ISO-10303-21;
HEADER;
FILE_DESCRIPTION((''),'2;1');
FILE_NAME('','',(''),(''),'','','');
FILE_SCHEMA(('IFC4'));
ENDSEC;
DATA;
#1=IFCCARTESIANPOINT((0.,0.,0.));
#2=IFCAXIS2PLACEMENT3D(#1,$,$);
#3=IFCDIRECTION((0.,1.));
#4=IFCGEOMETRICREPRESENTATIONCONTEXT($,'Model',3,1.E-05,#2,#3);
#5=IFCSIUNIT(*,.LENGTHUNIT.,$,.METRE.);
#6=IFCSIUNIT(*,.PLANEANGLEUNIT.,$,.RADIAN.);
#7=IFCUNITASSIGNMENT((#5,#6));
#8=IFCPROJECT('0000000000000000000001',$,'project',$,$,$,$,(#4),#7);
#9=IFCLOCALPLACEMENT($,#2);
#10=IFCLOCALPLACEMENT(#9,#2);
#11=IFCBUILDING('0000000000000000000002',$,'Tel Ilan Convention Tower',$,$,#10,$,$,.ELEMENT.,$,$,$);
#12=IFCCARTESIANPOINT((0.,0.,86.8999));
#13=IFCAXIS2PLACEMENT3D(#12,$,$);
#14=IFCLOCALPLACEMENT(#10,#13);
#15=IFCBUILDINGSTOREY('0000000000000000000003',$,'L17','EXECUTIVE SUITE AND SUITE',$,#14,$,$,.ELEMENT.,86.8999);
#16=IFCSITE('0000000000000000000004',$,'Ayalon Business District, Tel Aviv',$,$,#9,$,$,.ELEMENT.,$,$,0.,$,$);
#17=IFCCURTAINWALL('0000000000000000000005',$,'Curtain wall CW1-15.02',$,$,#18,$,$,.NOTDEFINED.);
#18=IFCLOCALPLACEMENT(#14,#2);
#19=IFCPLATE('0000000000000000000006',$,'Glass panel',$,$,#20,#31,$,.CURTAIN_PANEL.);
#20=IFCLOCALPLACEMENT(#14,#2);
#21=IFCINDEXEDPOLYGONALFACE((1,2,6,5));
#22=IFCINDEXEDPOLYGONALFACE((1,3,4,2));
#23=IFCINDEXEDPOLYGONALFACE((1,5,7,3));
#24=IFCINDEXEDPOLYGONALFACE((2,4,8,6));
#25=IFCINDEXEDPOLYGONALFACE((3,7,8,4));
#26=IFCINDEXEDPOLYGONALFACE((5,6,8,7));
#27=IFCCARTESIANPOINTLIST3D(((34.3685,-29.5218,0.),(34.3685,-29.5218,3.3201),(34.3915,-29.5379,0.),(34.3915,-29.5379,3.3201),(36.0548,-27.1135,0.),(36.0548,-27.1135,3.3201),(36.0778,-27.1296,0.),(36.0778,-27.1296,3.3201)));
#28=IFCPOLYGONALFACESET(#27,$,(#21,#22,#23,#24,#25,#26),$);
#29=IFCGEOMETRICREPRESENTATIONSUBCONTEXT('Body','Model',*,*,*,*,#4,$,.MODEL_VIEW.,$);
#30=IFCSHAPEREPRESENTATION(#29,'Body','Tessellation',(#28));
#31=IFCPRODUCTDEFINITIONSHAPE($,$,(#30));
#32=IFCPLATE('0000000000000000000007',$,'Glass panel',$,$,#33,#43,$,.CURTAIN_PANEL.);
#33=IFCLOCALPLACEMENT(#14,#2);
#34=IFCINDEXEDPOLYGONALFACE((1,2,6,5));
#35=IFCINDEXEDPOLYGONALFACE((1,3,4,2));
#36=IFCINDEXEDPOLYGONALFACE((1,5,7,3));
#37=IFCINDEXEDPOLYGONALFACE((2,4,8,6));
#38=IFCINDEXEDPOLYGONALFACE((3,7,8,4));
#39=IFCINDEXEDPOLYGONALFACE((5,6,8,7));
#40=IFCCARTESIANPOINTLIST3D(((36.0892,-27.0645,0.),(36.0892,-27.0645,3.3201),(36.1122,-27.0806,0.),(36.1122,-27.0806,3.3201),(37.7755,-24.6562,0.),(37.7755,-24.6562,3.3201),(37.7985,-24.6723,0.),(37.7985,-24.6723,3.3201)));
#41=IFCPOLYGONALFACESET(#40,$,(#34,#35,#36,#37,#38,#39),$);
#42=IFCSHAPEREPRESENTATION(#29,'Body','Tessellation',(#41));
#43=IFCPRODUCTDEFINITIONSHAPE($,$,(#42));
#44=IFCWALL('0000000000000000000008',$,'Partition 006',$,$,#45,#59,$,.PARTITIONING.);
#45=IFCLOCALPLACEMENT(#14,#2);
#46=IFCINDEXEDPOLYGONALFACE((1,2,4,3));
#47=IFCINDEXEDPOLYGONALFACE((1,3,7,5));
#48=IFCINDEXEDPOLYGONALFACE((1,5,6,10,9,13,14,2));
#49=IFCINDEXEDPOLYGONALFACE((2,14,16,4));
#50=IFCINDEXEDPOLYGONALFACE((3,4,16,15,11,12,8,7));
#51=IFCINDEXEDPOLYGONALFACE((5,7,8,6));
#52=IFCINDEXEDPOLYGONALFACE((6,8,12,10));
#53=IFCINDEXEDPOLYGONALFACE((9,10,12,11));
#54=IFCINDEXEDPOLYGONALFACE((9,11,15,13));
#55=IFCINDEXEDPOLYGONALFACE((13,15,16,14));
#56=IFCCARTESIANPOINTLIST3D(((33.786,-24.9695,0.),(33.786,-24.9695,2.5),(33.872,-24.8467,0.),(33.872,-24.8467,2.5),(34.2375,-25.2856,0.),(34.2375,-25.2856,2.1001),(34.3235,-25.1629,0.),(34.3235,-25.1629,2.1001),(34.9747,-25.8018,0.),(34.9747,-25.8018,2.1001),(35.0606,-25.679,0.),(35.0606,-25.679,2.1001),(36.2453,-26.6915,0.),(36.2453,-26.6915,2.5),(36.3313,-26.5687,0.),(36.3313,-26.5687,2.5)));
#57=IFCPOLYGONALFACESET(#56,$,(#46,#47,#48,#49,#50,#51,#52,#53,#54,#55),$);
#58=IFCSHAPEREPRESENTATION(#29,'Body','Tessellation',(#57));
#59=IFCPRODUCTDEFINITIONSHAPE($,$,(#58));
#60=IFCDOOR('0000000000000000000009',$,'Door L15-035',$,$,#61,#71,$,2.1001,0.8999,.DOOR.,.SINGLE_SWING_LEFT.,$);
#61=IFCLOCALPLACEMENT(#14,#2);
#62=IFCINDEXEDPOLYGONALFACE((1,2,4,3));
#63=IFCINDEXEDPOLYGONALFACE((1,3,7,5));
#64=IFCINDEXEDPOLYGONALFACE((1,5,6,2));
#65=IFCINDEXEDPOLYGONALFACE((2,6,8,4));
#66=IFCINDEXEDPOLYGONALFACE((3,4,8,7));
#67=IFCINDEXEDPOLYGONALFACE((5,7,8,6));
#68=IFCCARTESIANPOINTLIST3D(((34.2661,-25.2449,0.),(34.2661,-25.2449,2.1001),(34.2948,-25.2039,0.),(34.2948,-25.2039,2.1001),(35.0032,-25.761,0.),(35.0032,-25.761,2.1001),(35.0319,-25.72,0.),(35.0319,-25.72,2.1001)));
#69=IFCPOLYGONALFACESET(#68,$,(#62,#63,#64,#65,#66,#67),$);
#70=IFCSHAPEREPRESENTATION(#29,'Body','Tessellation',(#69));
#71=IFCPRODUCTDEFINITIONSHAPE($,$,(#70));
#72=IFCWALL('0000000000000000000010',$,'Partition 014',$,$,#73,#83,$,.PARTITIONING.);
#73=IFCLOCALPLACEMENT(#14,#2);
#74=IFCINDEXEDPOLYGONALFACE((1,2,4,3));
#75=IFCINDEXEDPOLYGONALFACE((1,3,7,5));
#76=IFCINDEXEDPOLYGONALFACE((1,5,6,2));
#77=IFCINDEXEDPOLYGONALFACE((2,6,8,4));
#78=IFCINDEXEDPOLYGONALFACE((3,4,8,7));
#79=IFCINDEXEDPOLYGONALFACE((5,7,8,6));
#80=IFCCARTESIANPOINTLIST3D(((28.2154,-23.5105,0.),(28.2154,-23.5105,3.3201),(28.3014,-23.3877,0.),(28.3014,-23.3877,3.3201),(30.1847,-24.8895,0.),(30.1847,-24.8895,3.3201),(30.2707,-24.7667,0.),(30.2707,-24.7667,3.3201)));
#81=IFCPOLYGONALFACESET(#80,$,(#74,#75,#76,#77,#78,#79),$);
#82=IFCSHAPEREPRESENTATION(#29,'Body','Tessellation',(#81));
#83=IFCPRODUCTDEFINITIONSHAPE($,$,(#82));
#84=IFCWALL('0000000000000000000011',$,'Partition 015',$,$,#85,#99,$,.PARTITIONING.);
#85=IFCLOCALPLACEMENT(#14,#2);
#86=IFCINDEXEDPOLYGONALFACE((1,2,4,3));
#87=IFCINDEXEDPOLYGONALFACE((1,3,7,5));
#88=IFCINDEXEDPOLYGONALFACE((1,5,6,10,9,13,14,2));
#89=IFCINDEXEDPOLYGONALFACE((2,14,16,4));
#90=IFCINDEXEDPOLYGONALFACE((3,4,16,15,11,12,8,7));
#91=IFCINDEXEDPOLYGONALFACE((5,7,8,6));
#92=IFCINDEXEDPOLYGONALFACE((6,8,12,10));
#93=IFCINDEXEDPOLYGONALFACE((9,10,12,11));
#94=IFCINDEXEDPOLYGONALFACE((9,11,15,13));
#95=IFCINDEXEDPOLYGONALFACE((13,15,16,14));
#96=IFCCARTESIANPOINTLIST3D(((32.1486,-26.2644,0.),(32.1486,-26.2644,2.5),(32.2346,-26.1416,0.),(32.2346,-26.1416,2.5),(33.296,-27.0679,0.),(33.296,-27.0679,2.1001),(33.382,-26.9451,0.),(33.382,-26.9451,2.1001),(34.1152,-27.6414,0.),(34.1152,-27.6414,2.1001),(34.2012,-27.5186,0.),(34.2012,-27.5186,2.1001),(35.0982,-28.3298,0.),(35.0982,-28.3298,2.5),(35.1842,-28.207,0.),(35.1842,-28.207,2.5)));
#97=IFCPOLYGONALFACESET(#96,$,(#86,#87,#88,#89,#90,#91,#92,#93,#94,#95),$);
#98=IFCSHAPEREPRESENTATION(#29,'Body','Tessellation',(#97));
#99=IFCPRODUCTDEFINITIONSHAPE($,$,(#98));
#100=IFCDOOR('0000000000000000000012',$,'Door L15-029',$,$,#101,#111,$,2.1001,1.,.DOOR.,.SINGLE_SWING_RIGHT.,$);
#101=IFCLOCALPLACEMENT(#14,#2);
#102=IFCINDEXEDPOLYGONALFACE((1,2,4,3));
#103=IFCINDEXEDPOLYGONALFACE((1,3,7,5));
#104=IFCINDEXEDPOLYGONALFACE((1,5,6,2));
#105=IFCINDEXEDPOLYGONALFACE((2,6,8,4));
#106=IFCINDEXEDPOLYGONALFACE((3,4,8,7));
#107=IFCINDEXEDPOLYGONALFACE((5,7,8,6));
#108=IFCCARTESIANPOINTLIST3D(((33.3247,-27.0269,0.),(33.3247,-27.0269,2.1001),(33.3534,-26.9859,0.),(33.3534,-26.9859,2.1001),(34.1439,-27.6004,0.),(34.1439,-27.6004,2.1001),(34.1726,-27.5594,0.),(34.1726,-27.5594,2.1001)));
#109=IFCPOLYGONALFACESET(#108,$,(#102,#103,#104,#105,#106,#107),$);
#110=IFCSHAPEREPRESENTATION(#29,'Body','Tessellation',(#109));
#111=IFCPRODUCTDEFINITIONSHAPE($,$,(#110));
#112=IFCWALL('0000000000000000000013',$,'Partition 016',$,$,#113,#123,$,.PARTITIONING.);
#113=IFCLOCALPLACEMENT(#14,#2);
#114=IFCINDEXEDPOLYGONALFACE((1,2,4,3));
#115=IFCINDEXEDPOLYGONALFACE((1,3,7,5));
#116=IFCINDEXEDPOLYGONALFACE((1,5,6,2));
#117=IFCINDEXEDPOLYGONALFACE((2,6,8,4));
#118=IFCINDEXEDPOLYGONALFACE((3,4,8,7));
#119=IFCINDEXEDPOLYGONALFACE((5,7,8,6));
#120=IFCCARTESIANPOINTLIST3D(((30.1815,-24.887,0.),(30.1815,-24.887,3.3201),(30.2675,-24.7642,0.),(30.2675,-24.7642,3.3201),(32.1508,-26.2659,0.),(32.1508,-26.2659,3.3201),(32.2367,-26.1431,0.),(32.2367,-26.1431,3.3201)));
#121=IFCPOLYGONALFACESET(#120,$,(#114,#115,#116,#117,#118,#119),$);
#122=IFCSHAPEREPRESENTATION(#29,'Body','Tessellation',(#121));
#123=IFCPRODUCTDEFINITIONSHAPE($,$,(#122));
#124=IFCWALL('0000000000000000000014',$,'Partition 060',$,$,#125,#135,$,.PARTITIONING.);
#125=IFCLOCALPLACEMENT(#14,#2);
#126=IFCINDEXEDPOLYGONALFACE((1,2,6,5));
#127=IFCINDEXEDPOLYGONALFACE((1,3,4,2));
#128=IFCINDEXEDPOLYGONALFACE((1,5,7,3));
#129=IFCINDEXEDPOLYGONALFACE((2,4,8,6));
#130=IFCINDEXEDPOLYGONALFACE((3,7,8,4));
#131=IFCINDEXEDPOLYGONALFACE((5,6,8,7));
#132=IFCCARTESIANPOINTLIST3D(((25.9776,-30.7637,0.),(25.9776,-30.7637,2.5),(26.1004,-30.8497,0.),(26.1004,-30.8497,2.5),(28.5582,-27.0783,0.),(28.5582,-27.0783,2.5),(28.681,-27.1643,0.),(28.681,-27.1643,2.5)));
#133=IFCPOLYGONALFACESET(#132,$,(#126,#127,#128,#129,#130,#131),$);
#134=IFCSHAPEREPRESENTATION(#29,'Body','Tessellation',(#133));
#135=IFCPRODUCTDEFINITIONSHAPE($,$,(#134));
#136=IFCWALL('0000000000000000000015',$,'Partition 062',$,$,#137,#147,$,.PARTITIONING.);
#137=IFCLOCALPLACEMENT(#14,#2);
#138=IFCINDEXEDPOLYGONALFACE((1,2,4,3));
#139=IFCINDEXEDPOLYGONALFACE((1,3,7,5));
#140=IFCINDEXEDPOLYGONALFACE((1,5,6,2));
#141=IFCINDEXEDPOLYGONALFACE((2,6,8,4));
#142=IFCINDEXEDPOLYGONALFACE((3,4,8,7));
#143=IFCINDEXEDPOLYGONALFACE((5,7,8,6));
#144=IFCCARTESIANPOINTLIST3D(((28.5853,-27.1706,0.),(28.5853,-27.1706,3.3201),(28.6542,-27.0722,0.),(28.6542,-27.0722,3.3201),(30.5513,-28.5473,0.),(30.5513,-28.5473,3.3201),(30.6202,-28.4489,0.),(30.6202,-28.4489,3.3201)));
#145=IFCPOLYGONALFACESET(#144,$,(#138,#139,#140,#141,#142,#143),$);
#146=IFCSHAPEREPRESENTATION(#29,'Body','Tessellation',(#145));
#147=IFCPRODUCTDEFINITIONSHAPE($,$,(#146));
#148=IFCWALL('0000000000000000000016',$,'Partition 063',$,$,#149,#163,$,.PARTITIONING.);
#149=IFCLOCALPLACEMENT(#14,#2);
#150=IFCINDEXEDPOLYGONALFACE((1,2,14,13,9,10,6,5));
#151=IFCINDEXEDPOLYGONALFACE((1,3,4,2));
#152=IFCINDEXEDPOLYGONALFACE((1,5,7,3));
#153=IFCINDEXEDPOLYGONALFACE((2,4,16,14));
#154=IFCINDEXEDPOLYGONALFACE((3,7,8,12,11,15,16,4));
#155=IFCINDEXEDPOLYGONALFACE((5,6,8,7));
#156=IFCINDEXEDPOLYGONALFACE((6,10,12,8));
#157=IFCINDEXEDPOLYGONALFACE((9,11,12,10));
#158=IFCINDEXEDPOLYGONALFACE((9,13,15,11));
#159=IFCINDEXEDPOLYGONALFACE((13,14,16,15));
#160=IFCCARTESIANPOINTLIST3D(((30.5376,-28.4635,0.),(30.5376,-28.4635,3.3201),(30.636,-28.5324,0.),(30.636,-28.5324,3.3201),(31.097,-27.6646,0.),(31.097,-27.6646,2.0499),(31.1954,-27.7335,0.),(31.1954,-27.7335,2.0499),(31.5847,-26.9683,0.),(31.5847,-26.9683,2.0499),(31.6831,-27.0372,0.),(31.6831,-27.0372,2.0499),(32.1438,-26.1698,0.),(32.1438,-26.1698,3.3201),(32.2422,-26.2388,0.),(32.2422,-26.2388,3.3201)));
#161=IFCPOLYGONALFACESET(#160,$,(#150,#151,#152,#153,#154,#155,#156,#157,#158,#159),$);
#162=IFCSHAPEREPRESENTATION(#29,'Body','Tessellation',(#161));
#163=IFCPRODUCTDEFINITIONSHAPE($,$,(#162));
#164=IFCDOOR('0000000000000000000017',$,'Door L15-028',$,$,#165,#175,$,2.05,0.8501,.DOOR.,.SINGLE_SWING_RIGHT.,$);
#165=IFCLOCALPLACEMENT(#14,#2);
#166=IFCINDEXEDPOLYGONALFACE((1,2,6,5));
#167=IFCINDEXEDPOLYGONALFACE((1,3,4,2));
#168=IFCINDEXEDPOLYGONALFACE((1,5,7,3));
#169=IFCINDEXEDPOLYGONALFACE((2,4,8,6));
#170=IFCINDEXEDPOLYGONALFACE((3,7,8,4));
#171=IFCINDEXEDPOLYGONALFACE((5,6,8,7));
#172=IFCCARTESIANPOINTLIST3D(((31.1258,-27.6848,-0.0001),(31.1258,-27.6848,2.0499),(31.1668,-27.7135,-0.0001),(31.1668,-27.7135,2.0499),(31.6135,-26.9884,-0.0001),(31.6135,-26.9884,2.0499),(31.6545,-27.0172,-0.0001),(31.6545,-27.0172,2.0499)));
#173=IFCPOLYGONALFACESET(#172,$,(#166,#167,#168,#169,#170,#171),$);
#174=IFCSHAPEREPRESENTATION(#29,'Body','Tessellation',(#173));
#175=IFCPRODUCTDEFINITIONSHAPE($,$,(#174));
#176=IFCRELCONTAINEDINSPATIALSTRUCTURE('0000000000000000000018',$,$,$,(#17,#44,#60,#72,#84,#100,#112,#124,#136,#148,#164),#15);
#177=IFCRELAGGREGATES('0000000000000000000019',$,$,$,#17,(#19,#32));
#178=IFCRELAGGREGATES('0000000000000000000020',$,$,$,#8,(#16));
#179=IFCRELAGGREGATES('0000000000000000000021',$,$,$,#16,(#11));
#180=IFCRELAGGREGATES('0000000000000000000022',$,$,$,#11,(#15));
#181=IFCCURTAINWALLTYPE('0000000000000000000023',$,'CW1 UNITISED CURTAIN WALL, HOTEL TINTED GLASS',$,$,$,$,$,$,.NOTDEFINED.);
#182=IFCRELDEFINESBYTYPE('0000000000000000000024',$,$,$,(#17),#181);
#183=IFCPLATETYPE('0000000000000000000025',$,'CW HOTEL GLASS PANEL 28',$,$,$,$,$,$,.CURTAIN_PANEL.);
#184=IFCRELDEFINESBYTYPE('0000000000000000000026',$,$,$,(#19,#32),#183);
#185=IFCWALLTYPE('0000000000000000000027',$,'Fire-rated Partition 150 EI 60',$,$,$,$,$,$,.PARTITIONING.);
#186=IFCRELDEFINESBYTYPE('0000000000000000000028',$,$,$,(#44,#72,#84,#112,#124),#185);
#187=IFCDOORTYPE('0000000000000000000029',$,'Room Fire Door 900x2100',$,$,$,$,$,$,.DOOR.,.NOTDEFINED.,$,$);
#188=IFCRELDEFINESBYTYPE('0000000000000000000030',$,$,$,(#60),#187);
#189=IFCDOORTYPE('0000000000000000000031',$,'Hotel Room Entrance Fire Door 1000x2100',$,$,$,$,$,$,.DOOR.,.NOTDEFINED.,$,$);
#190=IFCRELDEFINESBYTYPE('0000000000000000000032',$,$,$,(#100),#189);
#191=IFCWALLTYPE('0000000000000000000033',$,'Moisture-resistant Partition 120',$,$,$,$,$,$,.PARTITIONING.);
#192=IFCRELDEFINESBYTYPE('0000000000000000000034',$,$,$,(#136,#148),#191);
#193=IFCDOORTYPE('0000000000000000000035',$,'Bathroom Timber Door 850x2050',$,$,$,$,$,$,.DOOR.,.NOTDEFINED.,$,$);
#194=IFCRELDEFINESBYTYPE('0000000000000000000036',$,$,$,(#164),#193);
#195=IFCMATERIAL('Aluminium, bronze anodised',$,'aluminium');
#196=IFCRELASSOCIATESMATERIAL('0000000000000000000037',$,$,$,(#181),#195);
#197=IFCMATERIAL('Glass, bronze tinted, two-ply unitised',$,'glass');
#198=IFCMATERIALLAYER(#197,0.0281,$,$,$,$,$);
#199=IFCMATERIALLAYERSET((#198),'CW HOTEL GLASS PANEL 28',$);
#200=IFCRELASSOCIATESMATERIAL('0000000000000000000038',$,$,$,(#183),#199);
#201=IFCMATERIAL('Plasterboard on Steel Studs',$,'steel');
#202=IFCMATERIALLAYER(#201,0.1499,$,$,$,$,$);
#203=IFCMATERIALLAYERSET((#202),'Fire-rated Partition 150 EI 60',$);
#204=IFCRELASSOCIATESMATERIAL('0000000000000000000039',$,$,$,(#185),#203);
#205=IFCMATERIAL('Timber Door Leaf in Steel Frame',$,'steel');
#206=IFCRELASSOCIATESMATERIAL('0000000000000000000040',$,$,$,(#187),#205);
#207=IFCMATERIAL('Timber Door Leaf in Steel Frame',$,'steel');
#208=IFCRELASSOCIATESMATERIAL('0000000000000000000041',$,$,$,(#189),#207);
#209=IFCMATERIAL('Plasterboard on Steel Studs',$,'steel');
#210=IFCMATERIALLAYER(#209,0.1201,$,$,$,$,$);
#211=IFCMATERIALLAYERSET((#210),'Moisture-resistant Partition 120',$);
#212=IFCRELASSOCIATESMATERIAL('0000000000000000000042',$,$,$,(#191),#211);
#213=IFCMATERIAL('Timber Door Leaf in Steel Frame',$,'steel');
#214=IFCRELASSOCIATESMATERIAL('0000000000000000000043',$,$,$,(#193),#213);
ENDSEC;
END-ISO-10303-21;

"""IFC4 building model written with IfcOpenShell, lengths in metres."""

from ifc_helpers import new_model, si_unit, direction, frame, frame_2d, origin, origin_2d, place, context, subcontext, project, spatial, rectangle, extrude, material, layer, layer_set, type_object, element, fill, aggregate, save


model = new_model("IFC4")

# Units and contexts
model_context = context("Model", 3, precision=1e-05, world=origin(), true_north=direction((0.0, 1.0)))
body_context = subcontext(model_context, "Body", "Model", "MODEL_VIEW")
ifc_project = project(units=[si_unit("LENGTHUNIT", "METRE"), si_unit("PLANEANGLEUNIT", "RADIAN")], contexts=[model_context])

# Site, building, storey
site_placement = place(None, origin())
site = spatial("IfcSite", under=ifc_project, at=site_placement, Name="Ayalon Business District, Tel Aviv", CompositionType="ELEMENT", RefElevation=0.0)
building_placement = place(site_placement, origin())
building = spatial("IfcBuilding", under=site, at=building_placement, Name="Tel Ilan Convention Tower", CompositionType="ELEMENT")
storey_placement = place(building_placement, frame((0.0, 0.0, 86.8999)))
storey = spatial("IfcBuildingStorey", under=building, at=storey_placement, Name="L17", Description="EXECUTIVE SUITE AND SUITE", CompositionType="ELEMENT", Elevation=86.8999)

# Curtain wall, plates
ifc_material_1 = material(Name="Aluminium, bronze anodised", Category="aluminium")
curtain_wall_type = type_object("IfcCurtainWallType", Name="CW1 UNITISED CURTAIN WALL, HOTEL TINTED GLASS", PredefinedType="NOTDEFINED", material=ifc_material_1)
curtain_wall_placement = place(storey_placement, origin())
curtain_wall = element("IfcCurtainWall", 1, at=curtain_wall_placement, inside=storey, type_object=curtain_wall_type, Name="Curtain wall CW1-15.02", PredefinedType="NOTDEFINED")
ifc_material_2 = material(Name="Glass, bronze tinted, two-ply unitised", Category="glass")
ifc_layer_1 = layer(ifc_material_2, 0.0281)
ifc_layer_set_1 = layer_set([ifc_layer_1], Name="CW HOTEL GLASS PANEL 28")
plate_type = type_object("IfcPlateType", Name="CW HOTEL GLASS PANEL 28", PredefinedType="CURTAIN_PANEL", material=ifc_layer_set_1)
plate_1_placement = place(storey_placement, frame((35.2231, -28.3257, 0.0), z_axis=(0.0, 0.0, 1.0), x_axis=(0.573576, 0.819152, 0.0)))
plate_1 = element("IfcPlate", 2, at=plate_1_placement, type_object=plate_type, Name="Glass panel", PredefinedType="CURTAIN_PANEL", context=body_context, shape_type="SweptSolid", body=[
    extrude(rectangle(XDim=2.9399, YDim=0.0281, at=origin_2d()), origin(), (0.0, 0.0, 1.0), 3.3201),
])
plate_2_placement = place(storey_placement, frame((36.9438, -25.8684, 0.0), z_axis=(0.0, 0.0, 1.0), x_axis=(0.573576, 0.819152, 0.0)))
plate_2 = element("IfcPlate", 3, at=plate_2_placement, type_object=plate_type, Name="Glass panel", PredefinedType="CURTAIN_PANEL", context=body_context, shape_type="SweptSolid", body=[
    extrude(rectangle(XDim=2.9399, YDim=0.0281, at=origin_2d()), origin(), (0.0, 0.0, 1.0), 3.3201),
])
aggregate(curtain_wall, [plate_1, plate_2])

# Wall, opening, door
ifc_material_3 = material(Name="Plasterboard on Steel Studs", Category="steel")
ifc_layer_2 = layer(ifc_material_3, 0.1499)
ifc_layer_set_2 = layer_set([ifc_layer_2], Name="Fire-rated Partition 150 EI 60")
wall_type_1 = type_object("IfcWallType", Name="Fire-rated Partition 150 EI 60", PredefinedType="PARTITIONING", material=ifc_layer_set_2)
wall_1_placement = place(storey_placement, frame((33.8291, -24.9082, 0.0), z_axis=(0.0, 0.0, 1.0), x_axis=(0.819159, -0.573566, 0.0)))
wall_1 = element("IfcWall", 4, at=wall_1_placement, inside=storey, type_object=wall_type_1, Name="Partition 006", PredefinedType="PARTITIONING", context=body_context, shape_type="SweptSolid", body=[
    extrude(rectangle(XDim=3.0022, YDim=0.1499, at=frame_2d((1.501, 0.0))), origin(), (0.0, 0.0, 1.0), 2.5),
])
opening_1_placement = place(wall_1_placement, frame((0.551, 0.0, 0.0)))
opening_1 = element("IfcOpeningElement", 5, at=opening_1_placement, cuts=wall_1, PredefinedType="OPENING", context=body_context, shape_type="SweptSolid", body=[
    extrude(rectangle(XDim=0.8999, YDim=2.1001, at=frame_2d((0.45, 1.05))), frame((0.0, 0.085, 0.0), z_axis=(0.0, -1.0, 0.0), x_axis=(1.0, 0.0, 0.0)), (0.0, 0.0, 1.0), 0.1699),
])
ifc_material_4 = material(Name="Timber Door Leaf in Steel Frame", Category="steel")
door_type_1 = type_object("IfcDoorType", Name="Room Fire Door 900x2100", OperationType="NOTDEFINED", PredefinedType="DOOR", material=ifc_material_4)
door_1_placement = place(opening_1_placement, origin())
door_1 = element("IfcDoor", 6, at=door_1_placement, inside=storey, type_object=door_type_1, Name="Door L15-035", OperationType="SINGLE_SWING_LEFT", OverallHeight=2.1001, OverallWidth=0.8999, PredefinedType="DOOR", context=body_context, shape_type="SweptSolid", body=[
    extrude(rectangle(XDim=0.8999, YDim=2.1001, at=frame_2d((0.45, 1.05))), frame((0.0, 0.0249, 0.0), z_axis=(0.0, -1.0, 0.0), x_axis=(1.0, 0.0, 0.0)), (0.0, 0.0, 1.0), 0.05),
])
fill(opening_1, door_1)

# Wall
wall_2_placement = place(storey_placement, frame((30.2278, -24.8281, 0.0), z_axis=(0.0, 0.0, 1.0), x_axis=(-0.819146, 0.573585, 0.0)))
element("IfcWall", 7, at=wall_2_placement, inside=storey, type_object=wall_type_1, Name="Partition 014", PredefinedType="PARTITIONING", context=body_context, shape_type="SweptSolid", body=[
    extrude(rectangle(XDim=2.4041, YDim=0.1499, at=frame_2d((1.2021, 0.0))), origin(), (0.0, 0.0, 1.0), 3.3201),
])

# Wall, opening, door
wall_3_placement = place(storey_placement, frame((35.1411, -28.2683, 0.0), z_axis=(0.0, 0.0, 1.0), x_axis=(-0.819149, 0.573581, 0.0)))
wall_3 = element("IfcWall", 8, at=wall_3_placement, inside=storey, type_object=wall_type_1, Name="Partition 015", PredefinedType="PARTITIONING", context=body_context, shape_type="SweptSolid", body=[
    extrude(rectangle(XDim=3.6008, YDim=0.1499, at=frame_2d((1.8003, 0.0))), origin(), (0.0, 0.0, 1.0), 2.5),
])
opening_2_placement = place(wall_3_placement, frame((1.2, 0.0, 0.0)))
opening_2 = element("IfcOpeningElement", 9, at=opening_2_placement, cuts=wall_3, PredefinedType="OPENING", context=body_context, shape_type="SweptSolid", body=[
    extrude(rectangle(XDim=1.0, YDim=2.1001, at=frame_2d((0.5, 1.05))), frame((0.0, 0.085, 0.0), z_axis=(0.0, -1.0, 0.0), x_axis=(1.0, 0.0, 0.0)), (0.0, 0.0, 1.0), 0.1699),
])
ifc_material_5 = material(Name="Timber Door Leaf in Steel Frame", Category="steel")
door_type_2 = type_object("IfcDoorType", Name="Hotel Room Entrance Fire Door 1000x2100", OperationType="NOTDEFINED", PredefinedType="DOOR", material=ifc_material_5)
door_2_placement = place(opening_2_placement, origin())
door_2 = element("IfcDoor", 10, at=door_2_placement, inside=storey, type_object=door_type_2, Name="Door L15-029", OperationType="SINGLE_SWING_RIGHT", OverallHeight=2.1001, OverallWidth=1.0, PredefinedType="DOOR", context=body_context, shape_type="SweptSolid", body=[
    extrude(rectangle(XDim=1.0, YDim=2.1001, at=frame_2d((0.5, 1.05))), frame((0.0, 0.0249, 0.0), z_axis=(0.0, -1.0, 0.0), x_axis=(1.0, 0.0, 0.0)), (0.0, 0.0, 1.0), 0.05),
])
fill(opening_2, door_2)

# Walls
wall_4_placement = place(storey_placement, frame((32.1938, -26.2046, 0.0), z_axis=(0.0, 0.0, 1.0), x_axis=(-0.819146, 0.573585, 0.0)))
element("IfcWall", 11, at=wall_4_placement, inside=storey, type_object=wall_type_1, Name="Partition 016", PredefinedType="PARTITIONING", context=body_context, shape_type="SweptSolid", body=[
    extrude(rectangle(XDim=2.4041, YDim=0.1499, at=frame_2d((1.2021, 0.0))), origin(), (0.0, 0.0, 1.0), 3.3201),
])
wall_5_placement = place(storey_placement, frame((28.6196, -27.1213, 0.0), z_axis=(0.0, 0.0, 1.0), x_axis=(-0.57359, -0.819143, 0.0)))
element("IfcWall", 12, at=wall_5_placement, inside=storey, type_object=wall_type_1, Name="Partition 060", PredefinedType="PARTITIONING", context=body_context, shape_type="SweptSolid", body=[
    extrude(rectangle(XDim=4.499, YDim=0.1499, at=frame_2d((2.2495, 0.0))), origin(), (0.0, 0.0, 1.0), 2.5),
])
ifc_material_6 = material(Name="Plasterboard on Steel Studs", Category="steel")
ifc_layer_3 = layer(ifc_material_6, 0.1201)
ifc_layer_set_3 = layer_set([ifc_layer_3], Name="Moisture-resistant Partition 120")
wall_type_2 = type_object("IfcWallType", Name="Moisture-resistant Partition 120", PredefinedType="PARTITIONING", material=ifc_layer_set_3)
wall_6_placement = place(storey_placement, frame((28.6196, -27.1213, 0.0), z_axis=(0.0, 0.0, 1.0), x_axis=(0.819141, -0.573592, 0.0)))
element("IfcWall", 13, at=wall_6_placement, inside=storey, type_object=wall_type_2, Name="Partition 062", PredefinedType="PARTITIONING", context=body_context, shape_type="SweptSolid", body=[
    extrude(rectangle(XDim=2.4001, YDim=0.1201, at=frame_2d((1.2002, 0.0))), origin(), (0.0, 0.0, 1.0), 3.3201),
])

# Wall, opening, door
wall_7_placement = place(storey_placement, frame((30.5869, -28.4978, 0.0), z_axis=(0.0, 0.0, 1.0), x_axis=(0.573609, 0.81913, 0.0)))
wall_7 = element("IfcWall", 14, at=wall_7_placement, inside=storey, type_object=wall_type_2, Name="Partition 063", PredefinedType="PARTITIONING", context=body_context, shape_type="SweptSolid", body=[
    extrude(rectangle(XDim=2.8, YDim=0.1201, at=frame_2d((1.3999, 0.0))), origin(), (0.0, 0.0, 1.0), 3.3201),
])
opening_3_placement = place(wall_7_placement, frame((0.9751, 0.0, 0.0)))
opening_3 = element("IfcOpeningElement", 15, at=opening_3_placement, cuts=wall_7, PredefinedType="OPENING", context=body_context, shape_type="SweptSolid", body=[
    extrude(rectangle(XDim=0.8501, YDim=2.05, at=frame_2d((0.425, 1.0249))), frame((0.0, 0.0701, 0.0), z_axis=(0.0, -1.0, 0.0), x_axis=(1.0, 0.0, 0.0)), (0.0, 0.0, 1.0), 0.1401),
])
ifc_material_7 = material(Name="Timber Door Leaf in Steel Frame", Category="steel")
door_type_3 = type_object("IfcDoorType", Name="Bathroom Timber Door 850x2050", OperationType="NOTDEFINED", PredefinedType="DOOR", material=ifc_material_7)
door_3_placement = place(opening_3_placement, origin())
door_3 = element("IfcDoor", 16, at=door_3_placement, inside=storey, type_object=door_type_3, Name="Door L15-028", OperationType="SINGLE_SWING_RIGHT", OverallHeight=2.05, OverallWidth=0.8501, PredefinedType="DOOR", context=body_context, shape_type="SweptSolid", body=[
    extrude(rectangle(XDim=0.8501, YDim=2.05, at=frame_2d((0.425, 1.0249))), frame((0.0, 0.0249, 0.0), z_axis=(0.0, -1.0, 0.0), x_axis=(1.0, 0.0, 0.0)), (0.0, 0.0, 1.0), 0.05),
])
fill(opening_3, door_3)

save(model, "model.ifc")
